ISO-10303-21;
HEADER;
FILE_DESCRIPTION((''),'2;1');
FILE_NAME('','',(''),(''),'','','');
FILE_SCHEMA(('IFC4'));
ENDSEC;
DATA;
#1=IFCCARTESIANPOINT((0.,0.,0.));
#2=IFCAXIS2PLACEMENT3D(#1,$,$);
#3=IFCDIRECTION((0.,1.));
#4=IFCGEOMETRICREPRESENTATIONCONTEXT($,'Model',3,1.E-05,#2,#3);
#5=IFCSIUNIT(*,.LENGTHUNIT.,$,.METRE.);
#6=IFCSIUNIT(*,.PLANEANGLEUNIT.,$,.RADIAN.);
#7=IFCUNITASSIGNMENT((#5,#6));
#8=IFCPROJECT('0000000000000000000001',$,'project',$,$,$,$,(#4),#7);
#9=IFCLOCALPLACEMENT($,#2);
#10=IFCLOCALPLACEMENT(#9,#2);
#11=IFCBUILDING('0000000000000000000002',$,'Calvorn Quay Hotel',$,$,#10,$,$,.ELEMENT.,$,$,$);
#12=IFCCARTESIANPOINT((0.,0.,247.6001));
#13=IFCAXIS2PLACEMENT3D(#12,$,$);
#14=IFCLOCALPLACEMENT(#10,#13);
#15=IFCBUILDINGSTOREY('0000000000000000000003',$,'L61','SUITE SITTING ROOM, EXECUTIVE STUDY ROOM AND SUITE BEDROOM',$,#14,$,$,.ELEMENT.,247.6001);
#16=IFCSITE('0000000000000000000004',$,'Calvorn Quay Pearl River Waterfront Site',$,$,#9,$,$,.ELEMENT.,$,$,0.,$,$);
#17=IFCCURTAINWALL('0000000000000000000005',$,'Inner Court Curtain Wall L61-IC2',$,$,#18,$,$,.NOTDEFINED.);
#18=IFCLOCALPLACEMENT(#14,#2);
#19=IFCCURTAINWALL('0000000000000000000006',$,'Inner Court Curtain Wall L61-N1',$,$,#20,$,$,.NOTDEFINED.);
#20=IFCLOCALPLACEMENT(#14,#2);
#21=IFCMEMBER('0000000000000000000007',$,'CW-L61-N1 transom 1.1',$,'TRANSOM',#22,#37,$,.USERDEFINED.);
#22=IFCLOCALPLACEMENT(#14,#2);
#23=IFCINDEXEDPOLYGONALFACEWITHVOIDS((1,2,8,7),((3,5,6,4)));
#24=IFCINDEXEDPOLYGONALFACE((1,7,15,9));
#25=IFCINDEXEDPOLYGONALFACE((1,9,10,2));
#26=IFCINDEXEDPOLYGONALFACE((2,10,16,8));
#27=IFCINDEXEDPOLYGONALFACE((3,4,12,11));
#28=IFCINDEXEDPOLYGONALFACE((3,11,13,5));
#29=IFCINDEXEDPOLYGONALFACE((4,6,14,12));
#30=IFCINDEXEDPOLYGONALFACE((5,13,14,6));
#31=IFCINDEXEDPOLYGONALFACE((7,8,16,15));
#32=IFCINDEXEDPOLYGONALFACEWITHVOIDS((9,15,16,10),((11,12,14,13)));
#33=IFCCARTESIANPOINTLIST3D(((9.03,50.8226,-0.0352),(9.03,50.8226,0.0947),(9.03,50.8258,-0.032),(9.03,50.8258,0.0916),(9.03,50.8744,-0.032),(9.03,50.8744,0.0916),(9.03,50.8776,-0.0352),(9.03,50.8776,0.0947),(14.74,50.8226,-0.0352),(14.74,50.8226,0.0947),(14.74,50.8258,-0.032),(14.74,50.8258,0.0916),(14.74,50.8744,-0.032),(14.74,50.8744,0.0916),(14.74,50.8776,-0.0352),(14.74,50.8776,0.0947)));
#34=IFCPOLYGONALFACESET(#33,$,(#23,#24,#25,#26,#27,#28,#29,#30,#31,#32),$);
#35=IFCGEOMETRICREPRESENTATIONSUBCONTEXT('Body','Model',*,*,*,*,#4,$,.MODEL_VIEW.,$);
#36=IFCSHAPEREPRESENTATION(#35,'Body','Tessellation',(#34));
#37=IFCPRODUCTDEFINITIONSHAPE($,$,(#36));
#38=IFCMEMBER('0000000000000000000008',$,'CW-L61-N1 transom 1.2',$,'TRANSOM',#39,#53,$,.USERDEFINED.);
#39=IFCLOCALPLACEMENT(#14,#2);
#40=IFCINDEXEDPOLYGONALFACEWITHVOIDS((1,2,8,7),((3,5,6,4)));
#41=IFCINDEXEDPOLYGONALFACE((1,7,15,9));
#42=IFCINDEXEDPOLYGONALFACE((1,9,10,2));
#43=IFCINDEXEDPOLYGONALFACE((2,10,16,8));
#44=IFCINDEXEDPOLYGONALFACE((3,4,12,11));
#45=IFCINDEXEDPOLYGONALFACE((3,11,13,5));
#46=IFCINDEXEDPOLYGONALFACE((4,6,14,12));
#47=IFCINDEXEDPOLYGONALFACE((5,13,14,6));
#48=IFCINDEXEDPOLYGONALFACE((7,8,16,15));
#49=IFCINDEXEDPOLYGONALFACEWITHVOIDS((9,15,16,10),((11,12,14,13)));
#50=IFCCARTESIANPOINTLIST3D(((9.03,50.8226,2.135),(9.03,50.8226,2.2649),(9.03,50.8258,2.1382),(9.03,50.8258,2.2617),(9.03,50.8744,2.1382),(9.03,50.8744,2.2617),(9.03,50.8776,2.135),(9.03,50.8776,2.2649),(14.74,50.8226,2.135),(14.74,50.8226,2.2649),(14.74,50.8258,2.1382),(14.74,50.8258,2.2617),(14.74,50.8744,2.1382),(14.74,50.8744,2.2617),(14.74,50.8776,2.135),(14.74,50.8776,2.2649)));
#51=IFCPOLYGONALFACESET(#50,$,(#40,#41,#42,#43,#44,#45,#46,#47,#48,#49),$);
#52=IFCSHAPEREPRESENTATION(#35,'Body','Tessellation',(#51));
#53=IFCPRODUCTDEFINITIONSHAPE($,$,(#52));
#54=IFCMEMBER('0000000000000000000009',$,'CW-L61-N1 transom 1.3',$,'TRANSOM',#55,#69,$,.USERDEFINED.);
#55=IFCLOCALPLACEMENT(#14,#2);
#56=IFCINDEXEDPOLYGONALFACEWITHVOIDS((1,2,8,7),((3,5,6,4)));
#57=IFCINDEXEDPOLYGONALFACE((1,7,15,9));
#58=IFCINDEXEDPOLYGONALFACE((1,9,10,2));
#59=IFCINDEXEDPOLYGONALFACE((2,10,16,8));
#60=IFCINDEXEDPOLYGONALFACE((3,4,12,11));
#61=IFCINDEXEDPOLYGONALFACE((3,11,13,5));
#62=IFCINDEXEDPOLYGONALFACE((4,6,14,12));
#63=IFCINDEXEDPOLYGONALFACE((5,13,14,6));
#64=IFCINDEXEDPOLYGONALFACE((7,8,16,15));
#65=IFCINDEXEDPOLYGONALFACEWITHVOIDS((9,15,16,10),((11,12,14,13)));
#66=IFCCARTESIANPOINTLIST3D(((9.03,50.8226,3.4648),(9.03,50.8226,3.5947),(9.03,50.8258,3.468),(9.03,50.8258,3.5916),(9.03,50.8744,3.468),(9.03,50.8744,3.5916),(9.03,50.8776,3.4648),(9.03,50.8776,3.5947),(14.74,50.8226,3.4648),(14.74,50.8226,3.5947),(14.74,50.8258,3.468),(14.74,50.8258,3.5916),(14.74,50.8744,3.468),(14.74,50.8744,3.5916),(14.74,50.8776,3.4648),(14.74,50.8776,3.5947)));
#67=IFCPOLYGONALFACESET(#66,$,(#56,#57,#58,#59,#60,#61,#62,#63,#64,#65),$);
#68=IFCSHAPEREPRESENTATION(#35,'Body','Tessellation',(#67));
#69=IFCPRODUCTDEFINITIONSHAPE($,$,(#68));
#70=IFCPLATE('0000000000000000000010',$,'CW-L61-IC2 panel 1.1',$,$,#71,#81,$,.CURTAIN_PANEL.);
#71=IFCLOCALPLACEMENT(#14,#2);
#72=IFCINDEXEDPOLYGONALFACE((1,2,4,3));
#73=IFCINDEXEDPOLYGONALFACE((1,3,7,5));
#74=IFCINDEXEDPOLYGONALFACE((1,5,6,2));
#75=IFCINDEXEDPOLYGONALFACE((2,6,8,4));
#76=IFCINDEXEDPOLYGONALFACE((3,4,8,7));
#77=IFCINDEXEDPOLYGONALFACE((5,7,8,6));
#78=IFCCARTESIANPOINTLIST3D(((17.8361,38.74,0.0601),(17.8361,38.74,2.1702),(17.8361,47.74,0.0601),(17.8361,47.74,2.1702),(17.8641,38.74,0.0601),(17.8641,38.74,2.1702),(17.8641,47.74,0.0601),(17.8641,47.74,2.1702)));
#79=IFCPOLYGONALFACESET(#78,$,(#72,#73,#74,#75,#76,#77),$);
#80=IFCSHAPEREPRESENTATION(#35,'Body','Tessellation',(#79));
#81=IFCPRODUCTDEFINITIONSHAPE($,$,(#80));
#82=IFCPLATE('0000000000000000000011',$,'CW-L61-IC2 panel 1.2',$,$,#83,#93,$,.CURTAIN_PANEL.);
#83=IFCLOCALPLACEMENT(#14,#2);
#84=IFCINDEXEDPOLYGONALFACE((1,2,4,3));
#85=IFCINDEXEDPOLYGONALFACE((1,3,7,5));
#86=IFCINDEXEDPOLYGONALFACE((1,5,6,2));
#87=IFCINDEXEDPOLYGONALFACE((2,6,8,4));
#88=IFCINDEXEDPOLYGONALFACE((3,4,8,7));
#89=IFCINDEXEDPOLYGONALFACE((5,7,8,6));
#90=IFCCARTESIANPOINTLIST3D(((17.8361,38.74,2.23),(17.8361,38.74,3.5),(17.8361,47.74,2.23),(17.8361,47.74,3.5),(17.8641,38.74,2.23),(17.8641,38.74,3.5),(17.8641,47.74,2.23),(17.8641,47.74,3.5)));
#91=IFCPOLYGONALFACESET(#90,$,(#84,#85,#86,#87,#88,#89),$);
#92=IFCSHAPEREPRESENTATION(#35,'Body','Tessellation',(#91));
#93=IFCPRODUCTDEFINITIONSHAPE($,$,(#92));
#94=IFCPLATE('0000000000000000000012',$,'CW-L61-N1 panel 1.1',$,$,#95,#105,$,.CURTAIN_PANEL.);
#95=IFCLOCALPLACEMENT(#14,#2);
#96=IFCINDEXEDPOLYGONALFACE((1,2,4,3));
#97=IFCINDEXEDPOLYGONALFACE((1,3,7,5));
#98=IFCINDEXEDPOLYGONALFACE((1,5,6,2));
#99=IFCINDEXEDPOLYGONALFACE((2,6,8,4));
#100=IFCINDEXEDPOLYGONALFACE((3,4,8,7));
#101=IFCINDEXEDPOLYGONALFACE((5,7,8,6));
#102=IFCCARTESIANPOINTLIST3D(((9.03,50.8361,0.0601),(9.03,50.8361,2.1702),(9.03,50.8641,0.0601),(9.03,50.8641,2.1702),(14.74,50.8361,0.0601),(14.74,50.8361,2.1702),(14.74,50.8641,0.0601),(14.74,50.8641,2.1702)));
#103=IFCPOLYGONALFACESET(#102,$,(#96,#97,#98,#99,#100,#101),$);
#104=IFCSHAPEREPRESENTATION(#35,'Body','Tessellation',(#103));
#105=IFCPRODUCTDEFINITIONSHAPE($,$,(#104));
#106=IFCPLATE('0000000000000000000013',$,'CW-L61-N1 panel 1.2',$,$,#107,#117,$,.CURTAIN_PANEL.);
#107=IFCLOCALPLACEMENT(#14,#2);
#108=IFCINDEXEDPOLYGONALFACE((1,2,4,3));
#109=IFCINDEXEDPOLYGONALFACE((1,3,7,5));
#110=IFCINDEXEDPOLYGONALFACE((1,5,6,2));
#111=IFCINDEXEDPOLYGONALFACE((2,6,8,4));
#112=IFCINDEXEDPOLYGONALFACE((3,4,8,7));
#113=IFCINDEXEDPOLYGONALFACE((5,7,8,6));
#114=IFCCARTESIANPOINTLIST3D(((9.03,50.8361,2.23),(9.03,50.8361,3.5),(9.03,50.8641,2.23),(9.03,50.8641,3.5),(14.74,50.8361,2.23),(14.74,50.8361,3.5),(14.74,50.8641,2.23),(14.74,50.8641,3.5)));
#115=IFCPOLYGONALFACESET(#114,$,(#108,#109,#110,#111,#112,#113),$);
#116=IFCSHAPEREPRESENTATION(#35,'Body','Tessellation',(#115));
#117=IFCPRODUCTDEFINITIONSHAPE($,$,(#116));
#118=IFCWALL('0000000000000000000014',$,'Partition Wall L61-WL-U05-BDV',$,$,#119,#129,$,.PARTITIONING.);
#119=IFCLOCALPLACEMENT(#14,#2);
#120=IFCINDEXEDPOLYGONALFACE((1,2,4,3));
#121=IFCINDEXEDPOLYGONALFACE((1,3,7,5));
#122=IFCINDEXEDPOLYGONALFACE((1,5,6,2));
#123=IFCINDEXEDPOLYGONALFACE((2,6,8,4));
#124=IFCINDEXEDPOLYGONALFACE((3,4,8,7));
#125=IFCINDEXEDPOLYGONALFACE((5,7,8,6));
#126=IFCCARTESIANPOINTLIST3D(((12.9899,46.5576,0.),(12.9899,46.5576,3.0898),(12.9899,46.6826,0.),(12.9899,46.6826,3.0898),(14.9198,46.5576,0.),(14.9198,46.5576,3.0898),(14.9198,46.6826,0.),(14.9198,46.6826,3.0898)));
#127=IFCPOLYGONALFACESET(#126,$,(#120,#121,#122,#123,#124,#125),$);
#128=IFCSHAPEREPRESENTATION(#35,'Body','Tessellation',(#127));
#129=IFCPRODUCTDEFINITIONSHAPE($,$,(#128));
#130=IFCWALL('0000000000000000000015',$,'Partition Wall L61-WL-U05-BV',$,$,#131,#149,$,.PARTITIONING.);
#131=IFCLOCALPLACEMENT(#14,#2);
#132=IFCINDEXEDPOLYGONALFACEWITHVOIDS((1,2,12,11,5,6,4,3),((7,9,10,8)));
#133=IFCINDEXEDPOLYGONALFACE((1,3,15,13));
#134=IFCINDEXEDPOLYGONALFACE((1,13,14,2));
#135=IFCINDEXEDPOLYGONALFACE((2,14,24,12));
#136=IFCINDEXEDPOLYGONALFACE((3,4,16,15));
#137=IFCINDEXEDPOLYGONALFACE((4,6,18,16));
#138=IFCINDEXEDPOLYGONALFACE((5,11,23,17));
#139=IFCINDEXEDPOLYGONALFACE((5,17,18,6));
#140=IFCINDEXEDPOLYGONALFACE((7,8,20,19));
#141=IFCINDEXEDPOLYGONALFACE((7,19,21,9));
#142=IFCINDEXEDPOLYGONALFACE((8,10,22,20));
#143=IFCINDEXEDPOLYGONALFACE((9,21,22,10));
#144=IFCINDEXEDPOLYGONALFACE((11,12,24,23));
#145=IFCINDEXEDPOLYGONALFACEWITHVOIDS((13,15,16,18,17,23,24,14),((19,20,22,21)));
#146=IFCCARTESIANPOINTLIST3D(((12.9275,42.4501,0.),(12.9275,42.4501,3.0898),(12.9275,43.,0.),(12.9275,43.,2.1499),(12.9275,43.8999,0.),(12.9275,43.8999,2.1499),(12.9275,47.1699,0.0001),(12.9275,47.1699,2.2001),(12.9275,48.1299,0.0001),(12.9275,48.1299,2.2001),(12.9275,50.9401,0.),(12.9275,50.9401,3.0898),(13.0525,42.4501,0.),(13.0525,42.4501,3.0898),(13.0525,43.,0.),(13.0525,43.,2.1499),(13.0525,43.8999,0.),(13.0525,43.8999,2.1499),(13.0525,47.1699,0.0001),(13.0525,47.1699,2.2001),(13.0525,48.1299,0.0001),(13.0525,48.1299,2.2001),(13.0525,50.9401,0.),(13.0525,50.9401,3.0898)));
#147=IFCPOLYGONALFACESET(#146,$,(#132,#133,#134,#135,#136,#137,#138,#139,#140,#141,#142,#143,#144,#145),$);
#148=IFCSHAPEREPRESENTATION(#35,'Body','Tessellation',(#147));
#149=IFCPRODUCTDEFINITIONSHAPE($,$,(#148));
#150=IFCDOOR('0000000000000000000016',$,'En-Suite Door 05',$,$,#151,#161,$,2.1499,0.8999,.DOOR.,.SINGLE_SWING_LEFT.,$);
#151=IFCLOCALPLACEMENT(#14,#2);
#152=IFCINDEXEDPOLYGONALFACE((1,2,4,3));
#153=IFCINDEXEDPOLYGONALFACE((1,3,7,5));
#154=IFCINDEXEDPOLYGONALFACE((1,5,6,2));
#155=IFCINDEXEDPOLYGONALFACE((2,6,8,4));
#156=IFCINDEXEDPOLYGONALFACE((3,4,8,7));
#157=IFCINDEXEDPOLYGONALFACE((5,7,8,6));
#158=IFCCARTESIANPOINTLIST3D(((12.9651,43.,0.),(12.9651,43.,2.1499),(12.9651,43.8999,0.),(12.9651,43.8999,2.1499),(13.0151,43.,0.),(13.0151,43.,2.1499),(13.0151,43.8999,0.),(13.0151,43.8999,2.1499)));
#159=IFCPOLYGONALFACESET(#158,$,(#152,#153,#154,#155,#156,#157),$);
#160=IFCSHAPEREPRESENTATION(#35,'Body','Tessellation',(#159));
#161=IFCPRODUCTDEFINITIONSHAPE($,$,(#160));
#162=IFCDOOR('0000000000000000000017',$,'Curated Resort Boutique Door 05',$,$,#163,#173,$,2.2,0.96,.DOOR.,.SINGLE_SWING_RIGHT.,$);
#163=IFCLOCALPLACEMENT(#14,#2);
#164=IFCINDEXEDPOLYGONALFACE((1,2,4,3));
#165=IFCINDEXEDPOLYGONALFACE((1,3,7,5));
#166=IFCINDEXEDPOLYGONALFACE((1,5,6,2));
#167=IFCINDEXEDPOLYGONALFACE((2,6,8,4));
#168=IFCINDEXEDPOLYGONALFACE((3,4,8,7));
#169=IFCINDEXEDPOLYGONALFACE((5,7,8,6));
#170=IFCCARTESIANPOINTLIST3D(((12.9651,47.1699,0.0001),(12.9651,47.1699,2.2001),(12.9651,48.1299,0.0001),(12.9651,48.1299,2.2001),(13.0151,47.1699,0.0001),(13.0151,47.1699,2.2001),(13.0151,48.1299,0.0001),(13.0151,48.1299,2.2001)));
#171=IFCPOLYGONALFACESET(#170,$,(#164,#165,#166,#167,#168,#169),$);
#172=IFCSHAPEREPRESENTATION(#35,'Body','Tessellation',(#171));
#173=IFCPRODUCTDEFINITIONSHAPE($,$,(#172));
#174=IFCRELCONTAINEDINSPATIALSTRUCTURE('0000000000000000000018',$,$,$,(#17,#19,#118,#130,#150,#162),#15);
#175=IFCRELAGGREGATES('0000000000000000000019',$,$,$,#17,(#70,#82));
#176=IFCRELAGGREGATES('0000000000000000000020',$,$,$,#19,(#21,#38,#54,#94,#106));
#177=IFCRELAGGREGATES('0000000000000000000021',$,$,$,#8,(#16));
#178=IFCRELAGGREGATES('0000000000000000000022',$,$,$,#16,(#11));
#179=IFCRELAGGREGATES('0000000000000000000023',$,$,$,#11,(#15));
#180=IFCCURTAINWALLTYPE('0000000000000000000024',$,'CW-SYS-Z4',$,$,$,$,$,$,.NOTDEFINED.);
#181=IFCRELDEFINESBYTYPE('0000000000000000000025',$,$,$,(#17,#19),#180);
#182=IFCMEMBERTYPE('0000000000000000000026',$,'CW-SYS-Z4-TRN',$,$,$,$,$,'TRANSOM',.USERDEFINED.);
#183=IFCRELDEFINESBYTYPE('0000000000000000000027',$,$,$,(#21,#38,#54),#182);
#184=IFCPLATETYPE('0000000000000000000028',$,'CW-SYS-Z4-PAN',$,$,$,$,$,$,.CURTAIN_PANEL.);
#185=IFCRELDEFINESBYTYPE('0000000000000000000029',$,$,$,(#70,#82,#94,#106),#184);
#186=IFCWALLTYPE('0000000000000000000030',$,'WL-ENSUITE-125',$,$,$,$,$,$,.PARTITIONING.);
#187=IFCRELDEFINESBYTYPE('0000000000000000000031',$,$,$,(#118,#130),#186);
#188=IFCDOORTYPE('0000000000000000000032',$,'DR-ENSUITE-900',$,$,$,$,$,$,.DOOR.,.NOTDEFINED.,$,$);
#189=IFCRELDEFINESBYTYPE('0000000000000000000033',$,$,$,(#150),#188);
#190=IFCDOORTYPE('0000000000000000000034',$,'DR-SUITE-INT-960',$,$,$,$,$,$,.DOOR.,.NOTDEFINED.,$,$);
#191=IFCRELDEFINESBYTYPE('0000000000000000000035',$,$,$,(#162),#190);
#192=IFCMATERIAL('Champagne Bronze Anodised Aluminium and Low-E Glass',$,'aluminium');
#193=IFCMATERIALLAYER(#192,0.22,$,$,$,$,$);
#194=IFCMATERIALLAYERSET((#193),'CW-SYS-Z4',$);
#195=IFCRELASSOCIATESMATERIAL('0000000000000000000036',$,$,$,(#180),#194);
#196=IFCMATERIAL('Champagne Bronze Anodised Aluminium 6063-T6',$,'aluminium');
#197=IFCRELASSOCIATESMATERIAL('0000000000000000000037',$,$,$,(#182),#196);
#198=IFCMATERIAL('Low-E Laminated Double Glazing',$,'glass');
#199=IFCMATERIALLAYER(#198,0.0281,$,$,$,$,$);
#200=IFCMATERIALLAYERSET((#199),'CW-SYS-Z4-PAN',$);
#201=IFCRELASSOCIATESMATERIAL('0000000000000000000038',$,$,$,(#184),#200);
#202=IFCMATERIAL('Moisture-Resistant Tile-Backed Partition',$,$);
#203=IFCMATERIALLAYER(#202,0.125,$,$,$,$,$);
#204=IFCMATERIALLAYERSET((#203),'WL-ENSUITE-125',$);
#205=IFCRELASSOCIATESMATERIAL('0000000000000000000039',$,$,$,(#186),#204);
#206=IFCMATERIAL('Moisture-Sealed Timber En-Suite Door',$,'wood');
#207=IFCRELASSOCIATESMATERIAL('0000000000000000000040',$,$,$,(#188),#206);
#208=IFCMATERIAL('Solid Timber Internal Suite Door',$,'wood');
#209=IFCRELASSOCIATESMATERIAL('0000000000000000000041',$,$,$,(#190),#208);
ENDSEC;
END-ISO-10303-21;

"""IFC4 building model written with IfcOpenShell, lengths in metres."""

from ifc_helpers import new_model, si_unit, direction, frame, frame_2d, origin, origin_2d, place, context, subcontext, project, spatial, rectangle, hollow_rectangle, extrude, material, layer, layer_set, material_profile, profile_set, type_object, element, fill, aggregate, save


model = new_model("IFC4")

# Units and contexts
model_context = context("Model", 3, precision=1e-05, world=origin(), true_north=direction((0.0, 1.0)))
body_context = subcontext(model_context, "Body", "Model", "MODEL_VIEW")
ifc_project = project(units=[si_unit("LENGTHUNIT", "METRE"), si_unit("PLANEANGLEUNIT", "RADIAN")], contexts=[model_context])

# Site, building, storey
site_placement = place(None, origin())
site = spatial("IfcSite", under=ifc_project, at=site_placement, Name="Calvorn Quay Pearl River Waterfront Site", CompositionType="ELEMENT", RefElevation=0.0)
building_placement = place(site_placement, origin())
building = spatial("IfcBuilding", under=site, at=building_placement, Name="Calvorn Quay Hotel", CompositionType="ELEMENT")
storey_placement = place(building_placement, frame((0.0, 0.0, 247.6001)))
storey = spatial("IfcBuildingStorey", under=building, at=storey_placement, Name="L61", Description="SUITE SITTING ROOM, EXECUTIVE STUDY ROOM AND SUITE BEDROOM", CompositionType="ELEMENT", Elevation=247.6001)

# Curtain walls
ifc_material_1 = material(Name="Champagne Bronze Anodised Aluminium and Low-E Glass", Category="aluminium")
ifc_layer_1 = layer(ifc_material_1, 0.22)
ifc_layer_set_1 = layer_set([ifc_layer_1], Name="CW-SYS-Z4")
curtain_wall_type = type_object("IfcCurtainWallType", Name="CW-SYS-Z4", PredefinedType="NOTDEFINED", material=ifc_layer_set_1)
curtain_wall_1_placement = place(storey_placement, origin())
curtain_wall_1 = element("IfcCurtainWall", 1, at=curtain_wall_1_placement, inside=storey, type_object=curtain_wall_type, Name="Inner Court Curtain Wall L61-IC2", PredefinedType="NOTDEFINED")
curtain_wall_2_placement = place(storey_placement, origin())
curtain_wall_2 = element("IfcCurtainWall", 2, at=curtain_wall_2_placement, inside=storey, type_object=curtain_wall_type, Name="Inner Court Curtain Wall L61-N1", PredefinedType="NOTDEFINED")

# Members
ifc_material_2 = material(Name="Champagne Bronze Anodised Aluminium 6063-T6", Category="aluminium")
ifc_material_profile_1 = material_profile(ifc_material_2, hollow_rectangle(XDim=0.0549, YDim=0.1299, WallThickness=0.0032, at=origin_2d()), Name="ALU-T130x55x3.2")
ifc_profile_set_1 = profile_set([ifc_material_profile_1], Name="Champagne Bronze Anodised Aluminium 6063-T6")
member_type_1 = type_object("IfcMemberType", Name="CW-SYS-Z4-TRN", ElementType="TRANSOM", PredefinedType="USERDEFINED", material=ifc_profile_set_1)
member_1_placement = place(storey_placement, frame((14.74, 50.8501, 0.0298), z_axis=(-1.0, 0.0, 0.0), x_axis=(0.0, -1.0, 0.0)))
member_1 = element("IfcMember", 3, at=member_1_placement, type_object=member_type_1, Name="CW-L61-N1 transom 1.1", ObjectType="TRANSOM", PredefinedType="USERDEFINED", context=body_context, shape_type="SweptSolid", body=[
    extrude(hollow_rectangle(XDim=0.0549, YDim=0.1299, WallThickness=0.0032, at=origin_2d()), origin(), (0.0, 0.0, 1.0), 5.71),
])
member_2_placement = place(storey_placement, frame((14.74, 50.8501, 2.2), z_axis=(-1.0, 0.0, 0.0), x_axis=(0.0, -1.0, 0.0)))
member_2 = element("IfcMember", 4, at=member_2_placement, type_object=member_type_1, Name="CW-L61-N1 transom 1.2", ObjectType="TRANSOM", PredefinedType="USERDEFINED", context=body_context, shape_type="SweptSolid", body=[
    extrude(hollow_rectangle(XDim=0.0549, YDim=0.1299, WallThickness=0.0032, at=origin_2d()), origin(), (0.0, 0.0, 1.0), 5.71),
])
member_3_placement = place(storey_placement, frame((14.74, 50.8501, 3.5298), z_axis=(-1.0, 0.0, 0.0), x_axis=(0.0, -1.0, 0.0)))
member_3 = element("IfcMember", 5, at=member_3_placement, type_object=member_type_1, Name="CW-L61-N1 transom 1.3", ObjectType="TRANSOM", PredefinedType="USERDEFINED", context=body_context, shape_type="SweptSolid", body=[
    extrude(hollow_rectangle(XDim=0.0549, YDim=0.1299, WallThickness=0.0032, at=origin_2d()), origin(), (0.0, 0.0, 1.0), 5.71),
])

# Plates
ifc_material_3 = material(Name="Low-E Laminated Double Glazing", Category="glass")
ifc_layer_2 = layer(ifc_material_3, 0.0281)
ifc_layer_set_2 = layer_set([ifc_layer_2], Name="CW-SYS-Z4-PAN")
plate_type = type_object("IfcPlateType", Name="CW-SYS-Z4-PAN", PredefinedType="CURTAIN_PANEL", material=ifc_layer_set_2)
plate_1_placement = place(storey_placement, frame((17.8501, 43.24, 0.0601), z_axis=(0.0, 0.0, 1.0), x_axis=(0.0, 1.0, 0.0)))
plate_1 = element("IfcPlate", 6, at=plate_1_placement, type_object=plate_type, Name="CW-L61-IC2 panel 1.1", PredefinedType="CURTAIN_PANEL", context=body_context, shape_type="SweptSolid", body=[
    extrude(rectangle(XDim=9.0, YDim=0.0281, at=origin_2d()), origin(), (0.0, 0.0, 1.0), 2.1101),
])
plate_2_placement = place(storey_placement, frame((17.8501, 43.24, 2.23), z_axis=(0.0, 0.0, 1.0), x_axis=(0.0, 1.0, 0.0)))
plate_2 = element("IfcPlate", 7, at=plate_2_placement, type_object=plate_type, Name="CW-L61-IC2 panel 1.2", PredefinedType="CURTAIN_PANEL", context=body_context, shape_type="SweptSolid", body=[
    extrude(rectangle(XDim=9.0, YDim=0.0281, at=origin_2d()), origin(), (0.0, 0.0, 1.0), 1.27),
])
aggregate(curtain_wall_1, [plate_1, plate_2])
plate_3_placement = place(storey_placement, frame((11.885, 50.8501, 0.0601), z_axis=(0.0, 0.0, 1.0), x_axis=(-1.0, 0.0, 0.0)))
plate_3 = element("IfcPlate", 8, at=plate_3_placement, type_object=plate_type, Name="CW-L61-N1 panel 1.1", PredefinedType="CURTAIN_PANEL", context=body_context, shape_type="SweptSolid", body=[
    extrude(rectangle(XDim=5.71, YDim=0.0281, at=origin_2d()), origin(), (0.0, 0.0, 1.0), 2.1101),
])
plate_4_placement = place(storey_placement, frame((11.885, 50.8501, 2.23), z_axis=(0.0, 0.0, 1.0), x_axis=(-1.0, 0.0, 0.0)))
plate_4 = element("IfcPlate", 9, at=plate_4_placement, type_object=plate_type, Name="CW-L61-N1 panel 1.2", PredefinedType="CURTAIN_PANEL", context=body_context, shape_type="SweptSolid", body=[
    extrude(rectangle(XDim=5.71, YDim=0.0281, at=origin_2d()), origin(), (0.0, 0.0, 1.0), 1.27),
])
aggregate(curtain_wall_2, [member_1, member_2, member_3, plate_3, plate_4])

# Wall
ifc_material_4 = material(Name="Moisture-Resistant Tile-Backed Partition")
ifc_layer_3 = layer(ifc_material_4, 0.125)
ifc_layer_set_3 = layer_set([ifc_layer_3], Name="WL-ENSUITE-125")
wall_type_1 = type_object("IfcWallType", Name="WL-ENSUITE-125", PredefinedType="PARTITIONING", material=ifc_layer_set_3)
wall_1_placement = place(storey_placement, frame((12.99, 46.6201, 0.0), z_axis=(0.0, 0.0, 1.0), x_axis=(1.0, 0.0, 0.0)))
element("IfcWall", 10, at=wall_1_placement, inside=storey, type_object=wall_type_1, Name="Partition Wall L61-WL-U05-BDV", PredefinedType="PARTITIONING", context=body_context, shape_type="SweptSolid", body=[
    extrude(rectangle(XDim=1.9299, YDim=0.125, at=frame_2d((0.9648, 0.0))), origin(), (0.0, 0.0, 1.0), 3.0898),
])

# Wall, openings, doors
wall_2_placement = place(storey_placement, frame((12.99, 42.45, 0.0), z_axis=(0.0, 0.0, 1.0), x_axis=(0.0, 1.0, 0.0)))
wall_2 = element("IfcWall", 11, at=wall_2_placement, inside=storey, type_object=wall_type_1, Name="Partition Wall L61-WL-U05-BV", PredefinedType="PARTITIONING", context=body_context, shape_type="SweptSolid", body=[
    extrude(rectangle(XDim=8.49, YDim=0.125, at=frame_2d((4.2451, 0.0))), origin(), (0.0, 0.0, 1.0), 3.0898),
])
opening_1_placement = place(wall_2_placement, frame((0.55, 0.0, 0.0)))
opening_1 = element("IfcOpeningElement", 12, at=opening_1_placement, cuts=wall_2, PredefinedType="OPENING", context=body_context, shape_type="SweptSolid", body=[
    extrude(rectangle(XDim=0.8999, YDim=2.1499, at=frame_2d((0.45, 1.075))), frame((0.0, 0.0725, 0.0), z_axis=(0.0, -1.0, 0.0), x_axis=(1.0, 0.0, 0.0)), (0.0, 0.0, 1.0), 0.145),
])
opening_2_placement = place(wall_2_placement, frame((4.72, 0.0, 0.0)))
opening_2 = element("IfcOpeningElement", 13, at=opening_2_placement, cuts=wall_2, PredefinedType="OPENING", context=body_context, shape_type="SweptSolid", body=[
    extrude(rectangle(XDim=0.96, YDim=2.2, at=frame_2d((0.48, 1.1001))), frame((0.0, 0.0725, 0.0), z_axis=(0.0, -1.0, 0.0), x_axis=(1.0, 0.0, 0.0)), (0.0, 0.0, 1.0), 0.145),
])
ifc_material_5 = material(Name="Moisture-Sealed Timber En-Suite Door", Category="wood")
door_type_1 = type_object("IfcDoorType", Name="DR-ENSUITE-900", OperationType="NOTDEFINED", PredefinedType="DOOR", material=ifc_material_5)
door_1_placement = place(opening_1_placement, origin())
door_1 = element("IfcDoor", 14, at=door_1_placement, inside=storey, type_object=door_type_1, Name="En-Suite Door 05", OperationType="SINGLE_SWING_LEFT", OverallHeight=2.1499, OverallWidth=0.8999, PredefinedType="DOOR", context=body_context, shape_type="SweptSolid", body=[
    extrude(rectangle(XDim=0.8999, YDim=2.1499, at=frame_2d((0.45, 1.075))), frame((0.0, 0.0249, 0.0), z_axis=(0.0, -1.0, 0.0), x_axis=(1.0, 0.0, 0.0)), (0.0, 0.0, 1.0), 0.05),
])
fill(opening_1, door_1)
ifc_material_6 = material(Name="Solid Timber Internal Suite Door", Category="wood")
door_type_2 = type_object("IfcDoorType", Name="DR-SUITE-INT-960", OperationType="NOTDEFINED", PredefinedType="DOOR", material=ifc_material_6)
door_2_placement = place(opening_2_placement, origin())
door_2 = element("IfcDoor", 15, at=door_2_placement, inside=storey, type_object=door_type_2, Name="Curated Resort Boutique Door 05", OperationType="SINGLE_SWING_RIGHT", OverallHeight=2.2, OverallWidth=0.96, PredefinedType="DOOR", context=body_context, shape_type="SweptSolid", body=[
    extrude(rectangle(XDim=0.96, YDim=2.2, at=frame_2d((0.48, 1.1001))), frame((0.0, 0.0249, 0.0), z_axis=(0.0, -1.0, 0.0), x_axis=(1.0, 0.0, 0.0)), (0.0, 0.0, 1.0), 0.05),
])
fill(opening_2, door_2)

save(model, "model.ifc")
